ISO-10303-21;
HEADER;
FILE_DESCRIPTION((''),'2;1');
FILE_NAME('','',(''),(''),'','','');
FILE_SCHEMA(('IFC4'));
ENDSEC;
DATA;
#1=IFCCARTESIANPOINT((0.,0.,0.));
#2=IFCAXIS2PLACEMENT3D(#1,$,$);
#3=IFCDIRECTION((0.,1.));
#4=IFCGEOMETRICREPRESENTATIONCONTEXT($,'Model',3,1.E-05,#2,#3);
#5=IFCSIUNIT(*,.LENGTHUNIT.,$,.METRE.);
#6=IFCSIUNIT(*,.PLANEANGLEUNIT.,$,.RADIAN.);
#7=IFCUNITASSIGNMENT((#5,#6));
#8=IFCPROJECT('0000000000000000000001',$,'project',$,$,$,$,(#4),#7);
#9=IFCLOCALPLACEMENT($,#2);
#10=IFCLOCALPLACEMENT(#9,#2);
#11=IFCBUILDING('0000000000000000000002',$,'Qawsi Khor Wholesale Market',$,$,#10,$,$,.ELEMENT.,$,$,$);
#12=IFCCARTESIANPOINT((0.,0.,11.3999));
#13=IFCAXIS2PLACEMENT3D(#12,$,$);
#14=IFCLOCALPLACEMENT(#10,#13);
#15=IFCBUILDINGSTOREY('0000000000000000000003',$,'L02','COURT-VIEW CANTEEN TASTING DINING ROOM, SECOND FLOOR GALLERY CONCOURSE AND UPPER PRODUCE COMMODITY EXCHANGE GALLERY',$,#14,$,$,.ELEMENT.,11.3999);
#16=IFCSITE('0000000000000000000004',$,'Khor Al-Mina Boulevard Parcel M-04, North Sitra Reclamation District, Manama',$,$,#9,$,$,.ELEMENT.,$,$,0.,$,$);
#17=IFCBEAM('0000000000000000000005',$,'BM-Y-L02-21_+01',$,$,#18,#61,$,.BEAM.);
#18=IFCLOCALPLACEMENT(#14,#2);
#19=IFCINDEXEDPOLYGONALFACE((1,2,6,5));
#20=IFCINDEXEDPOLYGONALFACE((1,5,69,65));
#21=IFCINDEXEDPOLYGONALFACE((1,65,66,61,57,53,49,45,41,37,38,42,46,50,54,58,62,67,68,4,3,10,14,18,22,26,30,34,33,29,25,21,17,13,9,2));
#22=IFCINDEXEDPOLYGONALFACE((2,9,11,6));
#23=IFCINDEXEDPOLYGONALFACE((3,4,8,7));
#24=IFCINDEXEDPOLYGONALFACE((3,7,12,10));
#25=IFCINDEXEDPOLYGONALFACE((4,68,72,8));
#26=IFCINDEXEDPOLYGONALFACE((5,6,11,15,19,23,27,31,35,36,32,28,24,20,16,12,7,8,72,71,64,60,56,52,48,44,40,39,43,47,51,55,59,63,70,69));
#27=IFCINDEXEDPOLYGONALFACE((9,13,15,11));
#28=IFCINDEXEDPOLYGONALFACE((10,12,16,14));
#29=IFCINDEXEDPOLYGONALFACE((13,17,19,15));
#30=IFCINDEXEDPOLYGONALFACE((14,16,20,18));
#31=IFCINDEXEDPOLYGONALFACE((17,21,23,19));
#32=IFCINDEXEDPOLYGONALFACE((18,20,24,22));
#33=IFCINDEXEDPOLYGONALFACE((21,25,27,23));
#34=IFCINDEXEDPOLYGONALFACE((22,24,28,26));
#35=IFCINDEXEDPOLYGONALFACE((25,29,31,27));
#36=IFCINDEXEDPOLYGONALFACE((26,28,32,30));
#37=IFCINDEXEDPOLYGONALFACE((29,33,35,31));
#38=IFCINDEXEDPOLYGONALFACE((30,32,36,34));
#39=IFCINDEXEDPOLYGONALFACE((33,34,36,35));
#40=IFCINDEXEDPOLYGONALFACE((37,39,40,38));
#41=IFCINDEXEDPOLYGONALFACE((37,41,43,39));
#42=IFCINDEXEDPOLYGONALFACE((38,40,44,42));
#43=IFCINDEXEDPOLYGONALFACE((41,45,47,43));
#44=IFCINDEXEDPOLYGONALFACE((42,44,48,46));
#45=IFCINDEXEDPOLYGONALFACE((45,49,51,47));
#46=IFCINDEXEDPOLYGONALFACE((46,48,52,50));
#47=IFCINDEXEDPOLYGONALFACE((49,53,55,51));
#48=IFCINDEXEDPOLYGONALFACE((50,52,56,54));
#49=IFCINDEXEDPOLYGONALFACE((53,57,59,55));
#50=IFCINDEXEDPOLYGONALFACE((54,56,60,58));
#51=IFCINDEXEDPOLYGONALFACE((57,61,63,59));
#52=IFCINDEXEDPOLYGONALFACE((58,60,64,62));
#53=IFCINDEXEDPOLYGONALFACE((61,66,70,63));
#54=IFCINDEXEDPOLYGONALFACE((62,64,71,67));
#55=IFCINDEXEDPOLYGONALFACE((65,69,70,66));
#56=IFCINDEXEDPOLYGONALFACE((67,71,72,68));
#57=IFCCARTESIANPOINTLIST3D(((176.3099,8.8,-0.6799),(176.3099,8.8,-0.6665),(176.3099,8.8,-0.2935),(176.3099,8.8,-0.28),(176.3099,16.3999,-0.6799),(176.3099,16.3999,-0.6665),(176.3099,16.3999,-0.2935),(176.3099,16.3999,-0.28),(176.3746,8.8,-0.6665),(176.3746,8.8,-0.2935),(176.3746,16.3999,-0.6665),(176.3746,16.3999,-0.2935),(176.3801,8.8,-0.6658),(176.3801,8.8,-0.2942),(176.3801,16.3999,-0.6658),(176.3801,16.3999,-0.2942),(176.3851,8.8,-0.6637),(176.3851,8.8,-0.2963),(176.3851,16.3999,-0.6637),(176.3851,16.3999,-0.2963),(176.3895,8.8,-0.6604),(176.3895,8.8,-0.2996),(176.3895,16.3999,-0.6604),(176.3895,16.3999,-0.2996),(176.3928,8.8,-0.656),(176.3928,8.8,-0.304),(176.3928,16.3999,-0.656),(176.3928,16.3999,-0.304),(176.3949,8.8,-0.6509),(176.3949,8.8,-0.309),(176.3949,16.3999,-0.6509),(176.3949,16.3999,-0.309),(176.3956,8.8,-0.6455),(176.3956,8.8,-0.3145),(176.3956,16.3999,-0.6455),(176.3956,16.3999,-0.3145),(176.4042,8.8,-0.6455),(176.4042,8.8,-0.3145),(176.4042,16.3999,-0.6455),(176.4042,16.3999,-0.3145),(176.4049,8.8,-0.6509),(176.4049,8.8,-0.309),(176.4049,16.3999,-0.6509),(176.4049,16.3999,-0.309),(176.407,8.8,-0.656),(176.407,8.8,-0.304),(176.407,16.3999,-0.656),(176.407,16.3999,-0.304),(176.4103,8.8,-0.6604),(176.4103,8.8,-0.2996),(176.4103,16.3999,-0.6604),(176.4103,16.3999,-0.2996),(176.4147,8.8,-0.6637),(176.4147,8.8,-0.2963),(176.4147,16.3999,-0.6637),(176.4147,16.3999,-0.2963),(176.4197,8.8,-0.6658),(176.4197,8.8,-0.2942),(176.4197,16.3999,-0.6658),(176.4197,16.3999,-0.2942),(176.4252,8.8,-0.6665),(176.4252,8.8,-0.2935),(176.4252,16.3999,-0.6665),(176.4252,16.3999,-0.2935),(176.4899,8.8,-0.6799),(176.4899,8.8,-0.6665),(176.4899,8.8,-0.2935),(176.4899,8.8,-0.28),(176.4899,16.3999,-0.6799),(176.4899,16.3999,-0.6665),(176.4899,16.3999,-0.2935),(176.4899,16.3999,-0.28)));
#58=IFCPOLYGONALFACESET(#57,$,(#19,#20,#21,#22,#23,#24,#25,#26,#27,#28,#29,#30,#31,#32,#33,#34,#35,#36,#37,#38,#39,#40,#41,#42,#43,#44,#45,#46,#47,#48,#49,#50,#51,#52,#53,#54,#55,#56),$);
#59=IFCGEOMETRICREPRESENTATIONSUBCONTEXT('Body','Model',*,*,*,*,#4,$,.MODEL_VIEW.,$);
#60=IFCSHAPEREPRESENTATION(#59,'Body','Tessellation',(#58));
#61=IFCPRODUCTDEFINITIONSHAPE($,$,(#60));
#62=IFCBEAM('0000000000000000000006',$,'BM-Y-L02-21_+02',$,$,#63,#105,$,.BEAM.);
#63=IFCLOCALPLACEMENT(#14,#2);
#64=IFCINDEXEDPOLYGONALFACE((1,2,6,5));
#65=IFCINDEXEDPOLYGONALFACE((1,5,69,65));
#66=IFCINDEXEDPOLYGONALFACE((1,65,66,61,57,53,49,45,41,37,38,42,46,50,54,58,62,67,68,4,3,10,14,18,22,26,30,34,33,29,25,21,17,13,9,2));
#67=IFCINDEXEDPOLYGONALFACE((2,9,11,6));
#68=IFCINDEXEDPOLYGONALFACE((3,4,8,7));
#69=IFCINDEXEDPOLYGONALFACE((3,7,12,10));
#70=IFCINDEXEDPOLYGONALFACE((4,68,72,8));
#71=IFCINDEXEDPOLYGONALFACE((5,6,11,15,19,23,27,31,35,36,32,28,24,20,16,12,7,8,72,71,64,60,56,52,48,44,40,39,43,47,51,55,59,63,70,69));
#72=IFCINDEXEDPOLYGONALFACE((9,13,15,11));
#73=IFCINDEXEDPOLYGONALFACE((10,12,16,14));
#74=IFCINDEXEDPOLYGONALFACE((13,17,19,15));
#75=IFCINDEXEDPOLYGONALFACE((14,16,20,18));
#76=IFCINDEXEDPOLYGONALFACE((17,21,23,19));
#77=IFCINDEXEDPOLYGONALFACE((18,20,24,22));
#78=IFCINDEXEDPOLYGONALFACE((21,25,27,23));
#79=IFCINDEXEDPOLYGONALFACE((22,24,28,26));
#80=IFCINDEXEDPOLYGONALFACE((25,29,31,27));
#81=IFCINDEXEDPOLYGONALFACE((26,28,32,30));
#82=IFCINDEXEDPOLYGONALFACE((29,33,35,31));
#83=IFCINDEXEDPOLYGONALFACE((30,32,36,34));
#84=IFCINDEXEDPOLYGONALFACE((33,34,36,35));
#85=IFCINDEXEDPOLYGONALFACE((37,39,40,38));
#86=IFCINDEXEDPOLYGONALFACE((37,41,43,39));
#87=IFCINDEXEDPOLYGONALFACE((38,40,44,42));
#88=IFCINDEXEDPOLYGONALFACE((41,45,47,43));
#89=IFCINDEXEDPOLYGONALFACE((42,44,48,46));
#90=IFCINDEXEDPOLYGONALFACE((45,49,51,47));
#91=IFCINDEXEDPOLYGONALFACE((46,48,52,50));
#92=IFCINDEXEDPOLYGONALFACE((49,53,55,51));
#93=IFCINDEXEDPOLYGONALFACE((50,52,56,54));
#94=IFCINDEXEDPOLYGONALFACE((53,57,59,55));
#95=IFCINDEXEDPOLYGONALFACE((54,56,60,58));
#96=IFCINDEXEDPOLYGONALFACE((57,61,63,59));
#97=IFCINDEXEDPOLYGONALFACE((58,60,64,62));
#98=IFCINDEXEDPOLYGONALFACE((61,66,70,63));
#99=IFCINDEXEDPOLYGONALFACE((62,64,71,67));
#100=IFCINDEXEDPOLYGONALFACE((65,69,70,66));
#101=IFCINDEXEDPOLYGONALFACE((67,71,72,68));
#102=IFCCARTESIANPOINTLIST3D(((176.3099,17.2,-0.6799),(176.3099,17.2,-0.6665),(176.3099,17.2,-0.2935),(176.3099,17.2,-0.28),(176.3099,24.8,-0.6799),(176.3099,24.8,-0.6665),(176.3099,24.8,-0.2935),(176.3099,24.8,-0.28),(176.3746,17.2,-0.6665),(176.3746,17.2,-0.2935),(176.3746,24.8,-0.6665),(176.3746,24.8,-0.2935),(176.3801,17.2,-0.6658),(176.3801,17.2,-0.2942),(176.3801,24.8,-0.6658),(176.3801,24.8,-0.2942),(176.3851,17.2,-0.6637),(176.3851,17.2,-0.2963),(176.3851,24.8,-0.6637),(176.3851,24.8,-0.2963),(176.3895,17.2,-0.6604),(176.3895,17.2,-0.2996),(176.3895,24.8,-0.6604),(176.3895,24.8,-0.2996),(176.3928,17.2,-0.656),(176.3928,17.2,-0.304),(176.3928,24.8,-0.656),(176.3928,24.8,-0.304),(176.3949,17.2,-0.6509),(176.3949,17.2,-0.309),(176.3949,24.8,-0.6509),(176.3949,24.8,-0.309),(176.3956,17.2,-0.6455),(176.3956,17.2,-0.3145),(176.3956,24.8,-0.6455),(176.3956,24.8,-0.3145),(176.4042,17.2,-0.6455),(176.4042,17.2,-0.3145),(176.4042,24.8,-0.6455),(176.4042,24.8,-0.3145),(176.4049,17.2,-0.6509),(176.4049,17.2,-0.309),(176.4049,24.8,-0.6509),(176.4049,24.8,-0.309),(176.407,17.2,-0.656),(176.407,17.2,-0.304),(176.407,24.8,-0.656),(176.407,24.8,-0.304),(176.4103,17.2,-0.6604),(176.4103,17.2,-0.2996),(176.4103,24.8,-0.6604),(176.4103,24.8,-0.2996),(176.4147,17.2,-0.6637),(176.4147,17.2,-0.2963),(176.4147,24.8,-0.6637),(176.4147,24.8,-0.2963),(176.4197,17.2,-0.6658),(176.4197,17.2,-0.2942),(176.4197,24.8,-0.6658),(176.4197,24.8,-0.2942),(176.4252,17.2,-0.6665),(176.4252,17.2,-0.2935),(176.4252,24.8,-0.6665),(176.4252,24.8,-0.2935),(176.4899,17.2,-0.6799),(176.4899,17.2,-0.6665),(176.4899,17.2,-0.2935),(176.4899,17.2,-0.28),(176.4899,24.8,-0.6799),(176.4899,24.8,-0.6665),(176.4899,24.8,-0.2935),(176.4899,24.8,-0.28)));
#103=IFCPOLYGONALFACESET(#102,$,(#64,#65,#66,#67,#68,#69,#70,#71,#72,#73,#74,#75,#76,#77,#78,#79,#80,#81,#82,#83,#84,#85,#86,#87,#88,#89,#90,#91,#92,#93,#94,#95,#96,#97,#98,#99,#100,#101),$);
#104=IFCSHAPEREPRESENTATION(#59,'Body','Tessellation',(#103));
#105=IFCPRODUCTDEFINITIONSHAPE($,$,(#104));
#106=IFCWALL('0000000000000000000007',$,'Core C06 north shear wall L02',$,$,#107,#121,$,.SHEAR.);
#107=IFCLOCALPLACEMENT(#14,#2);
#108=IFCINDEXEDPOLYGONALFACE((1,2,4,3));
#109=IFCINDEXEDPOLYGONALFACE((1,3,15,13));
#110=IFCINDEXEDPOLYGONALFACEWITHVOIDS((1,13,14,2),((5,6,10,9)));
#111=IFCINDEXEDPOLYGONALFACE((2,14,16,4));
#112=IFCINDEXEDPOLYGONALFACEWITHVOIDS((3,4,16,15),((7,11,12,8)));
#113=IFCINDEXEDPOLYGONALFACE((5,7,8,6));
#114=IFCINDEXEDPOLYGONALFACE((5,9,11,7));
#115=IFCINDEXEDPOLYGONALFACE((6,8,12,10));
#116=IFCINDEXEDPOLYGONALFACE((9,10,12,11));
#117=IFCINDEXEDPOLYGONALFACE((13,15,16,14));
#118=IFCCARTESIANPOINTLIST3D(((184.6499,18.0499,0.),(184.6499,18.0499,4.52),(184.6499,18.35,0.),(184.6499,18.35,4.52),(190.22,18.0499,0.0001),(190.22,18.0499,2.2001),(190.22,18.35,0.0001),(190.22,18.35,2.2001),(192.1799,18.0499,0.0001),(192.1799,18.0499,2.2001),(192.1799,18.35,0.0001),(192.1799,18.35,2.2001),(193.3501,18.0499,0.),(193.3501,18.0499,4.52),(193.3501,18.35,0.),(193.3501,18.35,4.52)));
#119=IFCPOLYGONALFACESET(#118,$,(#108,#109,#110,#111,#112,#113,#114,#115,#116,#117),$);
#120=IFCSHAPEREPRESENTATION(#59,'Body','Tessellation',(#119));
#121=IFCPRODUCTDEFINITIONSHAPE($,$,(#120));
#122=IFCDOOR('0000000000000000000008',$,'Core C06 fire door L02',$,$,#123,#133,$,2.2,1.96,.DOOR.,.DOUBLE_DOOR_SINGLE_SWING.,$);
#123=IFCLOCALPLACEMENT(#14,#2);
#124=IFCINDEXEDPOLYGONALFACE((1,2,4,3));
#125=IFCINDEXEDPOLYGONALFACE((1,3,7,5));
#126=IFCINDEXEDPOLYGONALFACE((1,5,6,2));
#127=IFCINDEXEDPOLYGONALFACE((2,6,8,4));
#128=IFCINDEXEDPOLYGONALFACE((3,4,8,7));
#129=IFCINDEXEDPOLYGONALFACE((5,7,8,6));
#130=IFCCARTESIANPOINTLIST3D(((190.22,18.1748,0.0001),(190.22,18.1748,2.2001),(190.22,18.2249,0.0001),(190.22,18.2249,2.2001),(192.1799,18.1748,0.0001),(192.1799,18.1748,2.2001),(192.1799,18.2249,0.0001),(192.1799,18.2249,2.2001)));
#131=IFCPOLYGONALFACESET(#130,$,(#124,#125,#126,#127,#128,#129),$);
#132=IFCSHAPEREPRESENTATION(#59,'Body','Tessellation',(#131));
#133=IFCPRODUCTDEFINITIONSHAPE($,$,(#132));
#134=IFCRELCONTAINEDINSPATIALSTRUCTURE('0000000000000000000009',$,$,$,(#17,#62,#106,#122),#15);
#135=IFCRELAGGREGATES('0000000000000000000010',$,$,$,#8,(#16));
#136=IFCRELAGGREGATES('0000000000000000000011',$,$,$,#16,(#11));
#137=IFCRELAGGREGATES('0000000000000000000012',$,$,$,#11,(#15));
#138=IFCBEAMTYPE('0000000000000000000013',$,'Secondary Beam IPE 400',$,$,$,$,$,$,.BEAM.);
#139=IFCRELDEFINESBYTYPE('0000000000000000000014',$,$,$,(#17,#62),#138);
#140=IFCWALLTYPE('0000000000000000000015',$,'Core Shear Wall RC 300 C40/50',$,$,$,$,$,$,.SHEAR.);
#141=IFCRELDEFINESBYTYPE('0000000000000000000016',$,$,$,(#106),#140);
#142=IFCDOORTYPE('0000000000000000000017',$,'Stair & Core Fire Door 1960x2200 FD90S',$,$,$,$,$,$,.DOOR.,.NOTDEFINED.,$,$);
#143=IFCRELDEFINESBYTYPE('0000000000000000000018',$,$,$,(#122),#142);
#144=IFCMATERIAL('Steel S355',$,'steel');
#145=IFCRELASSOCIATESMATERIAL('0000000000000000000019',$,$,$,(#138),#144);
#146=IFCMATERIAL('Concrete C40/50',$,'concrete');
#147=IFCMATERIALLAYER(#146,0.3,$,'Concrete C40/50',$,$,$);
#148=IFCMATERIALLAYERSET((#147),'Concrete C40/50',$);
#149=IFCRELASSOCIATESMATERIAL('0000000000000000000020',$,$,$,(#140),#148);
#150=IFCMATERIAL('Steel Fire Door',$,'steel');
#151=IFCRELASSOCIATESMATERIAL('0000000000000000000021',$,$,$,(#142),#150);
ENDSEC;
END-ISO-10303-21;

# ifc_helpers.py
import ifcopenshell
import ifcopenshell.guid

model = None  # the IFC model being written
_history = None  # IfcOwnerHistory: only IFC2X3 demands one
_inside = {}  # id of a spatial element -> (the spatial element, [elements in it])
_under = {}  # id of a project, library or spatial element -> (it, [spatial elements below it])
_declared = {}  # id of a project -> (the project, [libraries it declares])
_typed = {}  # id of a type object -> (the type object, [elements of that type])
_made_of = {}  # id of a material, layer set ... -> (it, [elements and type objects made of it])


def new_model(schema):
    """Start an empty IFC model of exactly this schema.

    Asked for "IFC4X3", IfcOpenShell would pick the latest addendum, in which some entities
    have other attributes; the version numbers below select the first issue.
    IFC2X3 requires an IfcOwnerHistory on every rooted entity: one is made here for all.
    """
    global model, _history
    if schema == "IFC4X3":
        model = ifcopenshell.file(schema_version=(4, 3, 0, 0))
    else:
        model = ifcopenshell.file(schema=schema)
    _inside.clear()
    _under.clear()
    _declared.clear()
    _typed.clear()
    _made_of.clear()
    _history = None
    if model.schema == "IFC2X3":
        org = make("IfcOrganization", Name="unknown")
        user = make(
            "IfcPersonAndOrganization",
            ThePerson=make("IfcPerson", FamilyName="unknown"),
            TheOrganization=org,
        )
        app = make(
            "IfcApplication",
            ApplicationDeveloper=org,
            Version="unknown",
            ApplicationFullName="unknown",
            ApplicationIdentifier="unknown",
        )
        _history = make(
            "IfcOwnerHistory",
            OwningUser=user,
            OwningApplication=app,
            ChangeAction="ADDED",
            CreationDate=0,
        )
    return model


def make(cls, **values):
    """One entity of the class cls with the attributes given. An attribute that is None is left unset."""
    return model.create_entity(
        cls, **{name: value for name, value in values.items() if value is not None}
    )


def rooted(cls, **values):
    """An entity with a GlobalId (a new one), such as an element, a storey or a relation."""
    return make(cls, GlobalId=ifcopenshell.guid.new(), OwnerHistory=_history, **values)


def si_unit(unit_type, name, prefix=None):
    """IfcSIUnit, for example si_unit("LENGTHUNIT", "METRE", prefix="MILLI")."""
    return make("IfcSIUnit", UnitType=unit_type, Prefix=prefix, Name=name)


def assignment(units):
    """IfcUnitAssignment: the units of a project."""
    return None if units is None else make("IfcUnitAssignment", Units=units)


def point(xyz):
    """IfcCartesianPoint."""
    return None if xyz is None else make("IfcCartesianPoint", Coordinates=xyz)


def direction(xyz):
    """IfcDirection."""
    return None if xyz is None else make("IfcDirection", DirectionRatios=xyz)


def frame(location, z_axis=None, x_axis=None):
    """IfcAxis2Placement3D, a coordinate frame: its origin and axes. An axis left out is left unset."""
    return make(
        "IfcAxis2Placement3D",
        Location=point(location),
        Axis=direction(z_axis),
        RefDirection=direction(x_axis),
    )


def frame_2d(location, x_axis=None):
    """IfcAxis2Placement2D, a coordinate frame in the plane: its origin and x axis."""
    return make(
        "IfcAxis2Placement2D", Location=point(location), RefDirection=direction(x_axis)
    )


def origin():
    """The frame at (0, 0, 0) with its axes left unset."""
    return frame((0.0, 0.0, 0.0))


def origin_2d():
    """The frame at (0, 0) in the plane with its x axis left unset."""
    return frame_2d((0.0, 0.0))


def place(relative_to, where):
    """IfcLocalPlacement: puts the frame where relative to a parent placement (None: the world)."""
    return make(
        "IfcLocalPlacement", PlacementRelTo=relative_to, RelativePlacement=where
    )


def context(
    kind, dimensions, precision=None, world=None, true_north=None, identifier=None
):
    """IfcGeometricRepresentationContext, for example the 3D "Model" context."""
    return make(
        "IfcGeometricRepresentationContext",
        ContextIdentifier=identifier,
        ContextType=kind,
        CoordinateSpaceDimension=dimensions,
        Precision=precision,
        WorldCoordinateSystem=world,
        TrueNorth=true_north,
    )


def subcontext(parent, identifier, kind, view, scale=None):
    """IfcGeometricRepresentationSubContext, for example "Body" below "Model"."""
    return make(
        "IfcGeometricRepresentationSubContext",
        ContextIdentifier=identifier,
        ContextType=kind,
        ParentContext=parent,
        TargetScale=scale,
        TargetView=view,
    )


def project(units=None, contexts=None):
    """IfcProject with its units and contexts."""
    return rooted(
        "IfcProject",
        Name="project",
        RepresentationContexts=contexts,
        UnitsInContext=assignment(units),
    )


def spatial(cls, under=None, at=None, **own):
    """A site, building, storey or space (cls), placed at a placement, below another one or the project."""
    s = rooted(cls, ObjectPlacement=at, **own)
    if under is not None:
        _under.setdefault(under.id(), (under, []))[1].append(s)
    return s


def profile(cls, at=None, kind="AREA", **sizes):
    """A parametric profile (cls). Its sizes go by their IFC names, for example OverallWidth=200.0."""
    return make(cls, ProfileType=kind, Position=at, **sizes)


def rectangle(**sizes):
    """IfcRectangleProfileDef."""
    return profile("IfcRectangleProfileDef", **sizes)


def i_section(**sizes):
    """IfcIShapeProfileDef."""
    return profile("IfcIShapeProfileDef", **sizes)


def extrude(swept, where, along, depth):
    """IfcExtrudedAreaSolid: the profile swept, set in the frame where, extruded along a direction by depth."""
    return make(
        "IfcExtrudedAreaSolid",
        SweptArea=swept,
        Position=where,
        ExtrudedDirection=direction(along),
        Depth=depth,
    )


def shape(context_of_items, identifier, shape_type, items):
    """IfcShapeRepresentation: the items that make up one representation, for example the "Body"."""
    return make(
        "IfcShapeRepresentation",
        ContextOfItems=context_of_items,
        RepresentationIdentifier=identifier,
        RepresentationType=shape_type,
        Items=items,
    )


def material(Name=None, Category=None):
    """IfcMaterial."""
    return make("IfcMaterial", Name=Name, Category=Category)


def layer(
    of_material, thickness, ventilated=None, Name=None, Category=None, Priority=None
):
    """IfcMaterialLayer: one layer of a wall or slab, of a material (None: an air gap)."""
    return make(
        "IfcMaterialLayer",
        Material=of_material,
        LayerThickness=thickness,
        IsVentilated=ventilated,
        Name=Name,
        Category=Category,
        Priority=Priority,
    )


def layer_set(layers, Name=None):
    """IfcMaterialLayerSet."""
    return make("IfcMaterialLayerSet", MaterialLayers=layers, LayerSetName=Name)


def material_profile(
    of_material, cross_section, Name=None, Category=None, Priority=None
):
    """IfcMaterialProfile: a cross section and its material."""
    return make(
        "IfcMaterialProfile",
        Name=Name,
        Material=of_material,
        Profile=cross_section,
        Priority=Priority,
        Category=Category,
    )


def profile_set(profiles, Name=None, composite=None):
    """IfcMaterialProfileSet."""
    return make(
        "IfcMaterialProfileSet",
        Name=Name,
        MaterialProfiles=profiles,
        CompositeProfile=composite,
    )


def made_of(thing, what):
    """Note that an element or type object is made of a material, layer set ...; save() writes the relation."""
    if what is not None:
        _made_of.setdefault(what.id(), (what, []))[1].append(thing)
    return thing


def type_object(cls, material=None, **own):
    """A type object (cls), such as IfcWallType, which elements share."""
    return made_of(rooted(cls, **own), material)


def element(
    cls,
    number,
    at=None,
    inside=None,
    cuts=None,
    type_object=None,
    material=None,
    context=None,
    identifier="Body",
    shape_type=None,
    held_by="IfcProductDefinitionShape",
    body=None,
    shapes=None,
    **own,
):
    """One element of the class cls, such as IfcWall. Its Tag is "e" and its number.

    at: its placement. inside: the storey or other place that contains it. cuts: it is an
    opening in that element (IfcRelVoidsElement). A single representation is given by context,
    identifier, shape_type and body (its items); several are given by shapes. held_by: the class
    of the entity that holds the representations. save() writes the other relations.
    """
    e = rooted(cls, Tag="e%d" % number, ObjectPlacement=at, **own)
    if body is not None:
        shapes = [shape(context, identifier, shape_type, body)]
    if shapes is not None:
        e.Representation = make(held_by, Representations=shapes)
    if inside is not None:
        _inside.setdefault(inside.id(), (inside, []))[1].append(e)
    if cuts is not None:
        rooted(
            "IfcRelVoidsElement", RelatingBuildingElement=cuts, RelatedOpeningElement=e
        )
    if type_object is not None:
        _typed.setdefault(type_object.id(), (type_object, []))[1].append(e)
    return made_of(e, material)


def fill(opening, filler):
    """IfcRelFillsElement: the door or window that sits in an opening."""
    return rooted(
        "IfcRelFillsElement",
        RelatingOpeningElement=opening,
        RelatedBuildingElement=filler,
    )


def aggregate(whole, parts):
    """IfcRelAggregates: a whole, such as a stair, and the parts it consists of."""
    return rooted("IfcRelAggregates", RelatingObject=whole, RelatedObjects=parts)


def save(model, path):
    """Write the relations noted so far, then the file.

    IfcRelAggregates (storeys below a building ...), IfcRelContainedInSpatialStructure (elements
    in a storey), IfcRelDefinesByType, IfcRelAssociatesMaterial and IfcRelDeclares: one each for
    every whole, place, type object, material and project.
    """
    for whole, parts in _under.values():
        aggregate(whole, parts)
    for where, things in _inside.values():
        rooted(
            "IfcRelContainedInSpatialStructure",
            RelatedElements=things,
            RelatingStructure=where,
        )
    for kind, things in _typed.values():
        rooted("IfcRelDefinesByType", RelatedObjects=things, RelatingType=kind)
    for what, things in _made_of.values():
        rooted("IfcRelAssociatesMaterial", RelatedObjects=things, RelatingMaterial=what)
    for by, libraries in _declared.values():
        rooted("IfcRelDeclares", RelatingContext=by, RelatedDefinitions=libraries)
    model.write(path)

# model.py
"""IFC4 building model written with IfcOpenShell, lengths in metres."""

from ifc_helpers import new_model, si_unit, direction, frame, frame_2d, origin, origin_2d, place, context, subcontext, project, spatial, rectangle, i_section, extrude, material, layer, layer_set, material_profile, profile_set, type_object, element, fill, save


model = new_model("IFC4")

# Units and contexts
model_context = context("Model", 3, precision=1e-05, world=origin(), true_north=direction((0.0, 1.0)))
body_context = subcontext(model_context, "Body", "Model", "MODEL_VIEW")
ifc_project = project(units=[si_unit("LENGTHUNIT", "METRE"), si_unit("PLANEANGLEUNIT", "RADIAN")], contexts=[model_context])

# Site, building, storey
site_placement = place(None, origin())
site = spatial("IfcSite", under=ifc_project, at=site_placement, Name="Khor Al-Mina Boulevard Parcel M-04, North Sitra Reclamation District, Manama", CompositionType="ELEMENT", RefElevation=0.0)
building_placement = place(site_placement, origin())
building = spatial("IfcBuilding", under=site, at=building_placement, Name="Qawsi Khor Wholesale Market", CompositionType="ELEMENT")
storey_placement = place(building_placement, frame((0.0, 0.0, 11.3999)))
storey = spatial("IfcBuildingStorey", under=building, at=storey_placement, Name="L02", Description="COURT-VIEW CANTEEN TASTING DINING ROOM, SECOND FLOOR GALLERY CONCOURSE AND UPPER PRODUCE COMMODITY EXCHANGE GALLERY", CompositionType="ELEMENT", Elevation=11.3999)

# Shared definitions
ifc_material_1 = material(Name="Concrete C40/50", Category="concrete")

# Beams
ifc_material_2 = material(Name="Steel S355", Category="steel")
ifc_material_profile_1 = material_profile(ifc_material_2, i_section(OverallWidth=0.1799, OverallDepth=0.3999, WebThickness=0.0085, FlangeThickness=0.0134, FilletRadius=0.021, at=origin_2d()), Name="IPE 400")
ifc_profile_set_1 = profile_set([ifc_material_profile_1], Name="Steel S355")
beam_type_1 = type_object("IfcBeamType", Name="Secondary Beam IPE 400", PredefinedType="BEAM", material=ifc_profile_set_1)
beam_1_placement = place(storey_placement, frame((176.3999, 8.8, -0.48), z_axis=(0.0, 1.0, 0.0), x_axis=(-1.0, 0.0, 0.0)))
element("IfcBeam", 1, at=beam_1_placement, inside=storey, type_object=beam_type_1, Name="BM-Y-L02-21_+01", PredefinedType="BEAM", context=body_context, shape_type="SweptSolid", body=[
    extrude(i_section(OverallWidth=0.1799, OverallDepth=0.3999, WebThickness=0.0085, FlangeThickness=0.0134, FilletRadius=0.021, at=origin_2d()), origin(), (0.0, 0.0, 1.0), 7.5999),
])
beam_2_placement = place(storey_placement, frame((176.3999, 17.2, -0.48), z_axis=(0.0, 1.0, 0.0), x_axis=(-1.0, 0.0, 0.0)))
element("IfcBeam", 2, at=beam_2_placement, inside=storey, type_object=beam_type_1, Name="BM-Y-L02-21_+02", PredefinedType="BEAM", context=body_context, shape_type="SweptSolid", body=[
    extrude(i_section(OverallWidth=0.1799, OverallDepth=0.3999, WebThickness=0.0085, FlangeThickness=0.0134, FilletRadius=0.021, at=origin_2d()), origin(), (0.0, 0.0, 1.0), 7.6001),
])

# Wall, opening, door
ifc_layer_1 = layer(ifc_material_1, 0.3, Name="Concrete C40/50")
ifc_layer_set_1 = layer_set([ifc_layer_1], Name="Concrete C40/50")
wall_type_1 = type_object("IfcWallType", Name="Core Shear Wall RC 300 C40/50", PredefinedType="SHEAR", material=ifc_layer_set_1)
wall_1_placement = place(storey_placement, frame((184.6499, 18.2, 0.0), z_axis=(0.0, 0.0, 1.0), x_axis=(1.0, 0.0, 0.0)))
wall_1 = element("IfcWall", 3, at=wall_1_placement, inside=storey, type_object=wall_type_1, Name="Core C06 north shear wall L02", PredefinedType="SHEAR", context=body_context, shape_type="SweptSolid", body=[
    extrude(rectangle(XDim=8.7002, YDim=0.3, at=frame_2d((4.3501, 0.0))), origin(), (0.0, 0.0, 1.0), 4.52),
])
opening_1_placement = place(wall_1_placement, frame((5.5701, 0.0, 0.0)))
opening_1 = element("IfcOpeningElement", 4, at=opening_1_placement, cuts=wall_1, PredefinedType="OPENING", context=body_context, shape_type="SweptSolid", body=[
    extrude(rectangle(XDim=1.96, YDim=2.2, at=frame_2d((0.98, 1.1001))), frame((0.0, 0.1599, 0.0), z_axis=(0.0, -1.0, 0.0), x_axis=(1.0, 0.0, 0.0)), (0.0, 0.0, 1.0), 0.3201),
])
ifc_material_3 = material(Name="Steel Fire Door", Category="steel")
door_type_1 = type_object("IfcDoorType", Name="Stair & Core Fire Door 1960x2200 FD90S", OperationType="NOTDEFINED", PredefinedType="DOOR", material=ifc_material_3)
door_1_placement = place(opening_1_placement, origin())
door_1 = element("IfcDoor", 5, at=door_1_placement, inside=storey, type_object=door_type_1, Name="Core C06 fire door L02", OperationType="DOUBLE_DOOR_SINGLE_SWING", OverallHeight=2.2, OverallWidth=1.96, PredefinedType="DOOR", context=body_context, shape_type="SweptSolid", body=[
    extrude(rectangle(XDim=1.96, YDim=2.2, at=frame_2d((0.98, 1.1001))), frame((0.0, 0.0249, 0.0), z_axis=(0.0, -1.0, 0.0), x_axis=(1.0, 0.0, 0.0)), (0.0, 0.0, 1.0), 0.05),
])
fill(opening_1, door_1)

save(model, "model.ifc")
